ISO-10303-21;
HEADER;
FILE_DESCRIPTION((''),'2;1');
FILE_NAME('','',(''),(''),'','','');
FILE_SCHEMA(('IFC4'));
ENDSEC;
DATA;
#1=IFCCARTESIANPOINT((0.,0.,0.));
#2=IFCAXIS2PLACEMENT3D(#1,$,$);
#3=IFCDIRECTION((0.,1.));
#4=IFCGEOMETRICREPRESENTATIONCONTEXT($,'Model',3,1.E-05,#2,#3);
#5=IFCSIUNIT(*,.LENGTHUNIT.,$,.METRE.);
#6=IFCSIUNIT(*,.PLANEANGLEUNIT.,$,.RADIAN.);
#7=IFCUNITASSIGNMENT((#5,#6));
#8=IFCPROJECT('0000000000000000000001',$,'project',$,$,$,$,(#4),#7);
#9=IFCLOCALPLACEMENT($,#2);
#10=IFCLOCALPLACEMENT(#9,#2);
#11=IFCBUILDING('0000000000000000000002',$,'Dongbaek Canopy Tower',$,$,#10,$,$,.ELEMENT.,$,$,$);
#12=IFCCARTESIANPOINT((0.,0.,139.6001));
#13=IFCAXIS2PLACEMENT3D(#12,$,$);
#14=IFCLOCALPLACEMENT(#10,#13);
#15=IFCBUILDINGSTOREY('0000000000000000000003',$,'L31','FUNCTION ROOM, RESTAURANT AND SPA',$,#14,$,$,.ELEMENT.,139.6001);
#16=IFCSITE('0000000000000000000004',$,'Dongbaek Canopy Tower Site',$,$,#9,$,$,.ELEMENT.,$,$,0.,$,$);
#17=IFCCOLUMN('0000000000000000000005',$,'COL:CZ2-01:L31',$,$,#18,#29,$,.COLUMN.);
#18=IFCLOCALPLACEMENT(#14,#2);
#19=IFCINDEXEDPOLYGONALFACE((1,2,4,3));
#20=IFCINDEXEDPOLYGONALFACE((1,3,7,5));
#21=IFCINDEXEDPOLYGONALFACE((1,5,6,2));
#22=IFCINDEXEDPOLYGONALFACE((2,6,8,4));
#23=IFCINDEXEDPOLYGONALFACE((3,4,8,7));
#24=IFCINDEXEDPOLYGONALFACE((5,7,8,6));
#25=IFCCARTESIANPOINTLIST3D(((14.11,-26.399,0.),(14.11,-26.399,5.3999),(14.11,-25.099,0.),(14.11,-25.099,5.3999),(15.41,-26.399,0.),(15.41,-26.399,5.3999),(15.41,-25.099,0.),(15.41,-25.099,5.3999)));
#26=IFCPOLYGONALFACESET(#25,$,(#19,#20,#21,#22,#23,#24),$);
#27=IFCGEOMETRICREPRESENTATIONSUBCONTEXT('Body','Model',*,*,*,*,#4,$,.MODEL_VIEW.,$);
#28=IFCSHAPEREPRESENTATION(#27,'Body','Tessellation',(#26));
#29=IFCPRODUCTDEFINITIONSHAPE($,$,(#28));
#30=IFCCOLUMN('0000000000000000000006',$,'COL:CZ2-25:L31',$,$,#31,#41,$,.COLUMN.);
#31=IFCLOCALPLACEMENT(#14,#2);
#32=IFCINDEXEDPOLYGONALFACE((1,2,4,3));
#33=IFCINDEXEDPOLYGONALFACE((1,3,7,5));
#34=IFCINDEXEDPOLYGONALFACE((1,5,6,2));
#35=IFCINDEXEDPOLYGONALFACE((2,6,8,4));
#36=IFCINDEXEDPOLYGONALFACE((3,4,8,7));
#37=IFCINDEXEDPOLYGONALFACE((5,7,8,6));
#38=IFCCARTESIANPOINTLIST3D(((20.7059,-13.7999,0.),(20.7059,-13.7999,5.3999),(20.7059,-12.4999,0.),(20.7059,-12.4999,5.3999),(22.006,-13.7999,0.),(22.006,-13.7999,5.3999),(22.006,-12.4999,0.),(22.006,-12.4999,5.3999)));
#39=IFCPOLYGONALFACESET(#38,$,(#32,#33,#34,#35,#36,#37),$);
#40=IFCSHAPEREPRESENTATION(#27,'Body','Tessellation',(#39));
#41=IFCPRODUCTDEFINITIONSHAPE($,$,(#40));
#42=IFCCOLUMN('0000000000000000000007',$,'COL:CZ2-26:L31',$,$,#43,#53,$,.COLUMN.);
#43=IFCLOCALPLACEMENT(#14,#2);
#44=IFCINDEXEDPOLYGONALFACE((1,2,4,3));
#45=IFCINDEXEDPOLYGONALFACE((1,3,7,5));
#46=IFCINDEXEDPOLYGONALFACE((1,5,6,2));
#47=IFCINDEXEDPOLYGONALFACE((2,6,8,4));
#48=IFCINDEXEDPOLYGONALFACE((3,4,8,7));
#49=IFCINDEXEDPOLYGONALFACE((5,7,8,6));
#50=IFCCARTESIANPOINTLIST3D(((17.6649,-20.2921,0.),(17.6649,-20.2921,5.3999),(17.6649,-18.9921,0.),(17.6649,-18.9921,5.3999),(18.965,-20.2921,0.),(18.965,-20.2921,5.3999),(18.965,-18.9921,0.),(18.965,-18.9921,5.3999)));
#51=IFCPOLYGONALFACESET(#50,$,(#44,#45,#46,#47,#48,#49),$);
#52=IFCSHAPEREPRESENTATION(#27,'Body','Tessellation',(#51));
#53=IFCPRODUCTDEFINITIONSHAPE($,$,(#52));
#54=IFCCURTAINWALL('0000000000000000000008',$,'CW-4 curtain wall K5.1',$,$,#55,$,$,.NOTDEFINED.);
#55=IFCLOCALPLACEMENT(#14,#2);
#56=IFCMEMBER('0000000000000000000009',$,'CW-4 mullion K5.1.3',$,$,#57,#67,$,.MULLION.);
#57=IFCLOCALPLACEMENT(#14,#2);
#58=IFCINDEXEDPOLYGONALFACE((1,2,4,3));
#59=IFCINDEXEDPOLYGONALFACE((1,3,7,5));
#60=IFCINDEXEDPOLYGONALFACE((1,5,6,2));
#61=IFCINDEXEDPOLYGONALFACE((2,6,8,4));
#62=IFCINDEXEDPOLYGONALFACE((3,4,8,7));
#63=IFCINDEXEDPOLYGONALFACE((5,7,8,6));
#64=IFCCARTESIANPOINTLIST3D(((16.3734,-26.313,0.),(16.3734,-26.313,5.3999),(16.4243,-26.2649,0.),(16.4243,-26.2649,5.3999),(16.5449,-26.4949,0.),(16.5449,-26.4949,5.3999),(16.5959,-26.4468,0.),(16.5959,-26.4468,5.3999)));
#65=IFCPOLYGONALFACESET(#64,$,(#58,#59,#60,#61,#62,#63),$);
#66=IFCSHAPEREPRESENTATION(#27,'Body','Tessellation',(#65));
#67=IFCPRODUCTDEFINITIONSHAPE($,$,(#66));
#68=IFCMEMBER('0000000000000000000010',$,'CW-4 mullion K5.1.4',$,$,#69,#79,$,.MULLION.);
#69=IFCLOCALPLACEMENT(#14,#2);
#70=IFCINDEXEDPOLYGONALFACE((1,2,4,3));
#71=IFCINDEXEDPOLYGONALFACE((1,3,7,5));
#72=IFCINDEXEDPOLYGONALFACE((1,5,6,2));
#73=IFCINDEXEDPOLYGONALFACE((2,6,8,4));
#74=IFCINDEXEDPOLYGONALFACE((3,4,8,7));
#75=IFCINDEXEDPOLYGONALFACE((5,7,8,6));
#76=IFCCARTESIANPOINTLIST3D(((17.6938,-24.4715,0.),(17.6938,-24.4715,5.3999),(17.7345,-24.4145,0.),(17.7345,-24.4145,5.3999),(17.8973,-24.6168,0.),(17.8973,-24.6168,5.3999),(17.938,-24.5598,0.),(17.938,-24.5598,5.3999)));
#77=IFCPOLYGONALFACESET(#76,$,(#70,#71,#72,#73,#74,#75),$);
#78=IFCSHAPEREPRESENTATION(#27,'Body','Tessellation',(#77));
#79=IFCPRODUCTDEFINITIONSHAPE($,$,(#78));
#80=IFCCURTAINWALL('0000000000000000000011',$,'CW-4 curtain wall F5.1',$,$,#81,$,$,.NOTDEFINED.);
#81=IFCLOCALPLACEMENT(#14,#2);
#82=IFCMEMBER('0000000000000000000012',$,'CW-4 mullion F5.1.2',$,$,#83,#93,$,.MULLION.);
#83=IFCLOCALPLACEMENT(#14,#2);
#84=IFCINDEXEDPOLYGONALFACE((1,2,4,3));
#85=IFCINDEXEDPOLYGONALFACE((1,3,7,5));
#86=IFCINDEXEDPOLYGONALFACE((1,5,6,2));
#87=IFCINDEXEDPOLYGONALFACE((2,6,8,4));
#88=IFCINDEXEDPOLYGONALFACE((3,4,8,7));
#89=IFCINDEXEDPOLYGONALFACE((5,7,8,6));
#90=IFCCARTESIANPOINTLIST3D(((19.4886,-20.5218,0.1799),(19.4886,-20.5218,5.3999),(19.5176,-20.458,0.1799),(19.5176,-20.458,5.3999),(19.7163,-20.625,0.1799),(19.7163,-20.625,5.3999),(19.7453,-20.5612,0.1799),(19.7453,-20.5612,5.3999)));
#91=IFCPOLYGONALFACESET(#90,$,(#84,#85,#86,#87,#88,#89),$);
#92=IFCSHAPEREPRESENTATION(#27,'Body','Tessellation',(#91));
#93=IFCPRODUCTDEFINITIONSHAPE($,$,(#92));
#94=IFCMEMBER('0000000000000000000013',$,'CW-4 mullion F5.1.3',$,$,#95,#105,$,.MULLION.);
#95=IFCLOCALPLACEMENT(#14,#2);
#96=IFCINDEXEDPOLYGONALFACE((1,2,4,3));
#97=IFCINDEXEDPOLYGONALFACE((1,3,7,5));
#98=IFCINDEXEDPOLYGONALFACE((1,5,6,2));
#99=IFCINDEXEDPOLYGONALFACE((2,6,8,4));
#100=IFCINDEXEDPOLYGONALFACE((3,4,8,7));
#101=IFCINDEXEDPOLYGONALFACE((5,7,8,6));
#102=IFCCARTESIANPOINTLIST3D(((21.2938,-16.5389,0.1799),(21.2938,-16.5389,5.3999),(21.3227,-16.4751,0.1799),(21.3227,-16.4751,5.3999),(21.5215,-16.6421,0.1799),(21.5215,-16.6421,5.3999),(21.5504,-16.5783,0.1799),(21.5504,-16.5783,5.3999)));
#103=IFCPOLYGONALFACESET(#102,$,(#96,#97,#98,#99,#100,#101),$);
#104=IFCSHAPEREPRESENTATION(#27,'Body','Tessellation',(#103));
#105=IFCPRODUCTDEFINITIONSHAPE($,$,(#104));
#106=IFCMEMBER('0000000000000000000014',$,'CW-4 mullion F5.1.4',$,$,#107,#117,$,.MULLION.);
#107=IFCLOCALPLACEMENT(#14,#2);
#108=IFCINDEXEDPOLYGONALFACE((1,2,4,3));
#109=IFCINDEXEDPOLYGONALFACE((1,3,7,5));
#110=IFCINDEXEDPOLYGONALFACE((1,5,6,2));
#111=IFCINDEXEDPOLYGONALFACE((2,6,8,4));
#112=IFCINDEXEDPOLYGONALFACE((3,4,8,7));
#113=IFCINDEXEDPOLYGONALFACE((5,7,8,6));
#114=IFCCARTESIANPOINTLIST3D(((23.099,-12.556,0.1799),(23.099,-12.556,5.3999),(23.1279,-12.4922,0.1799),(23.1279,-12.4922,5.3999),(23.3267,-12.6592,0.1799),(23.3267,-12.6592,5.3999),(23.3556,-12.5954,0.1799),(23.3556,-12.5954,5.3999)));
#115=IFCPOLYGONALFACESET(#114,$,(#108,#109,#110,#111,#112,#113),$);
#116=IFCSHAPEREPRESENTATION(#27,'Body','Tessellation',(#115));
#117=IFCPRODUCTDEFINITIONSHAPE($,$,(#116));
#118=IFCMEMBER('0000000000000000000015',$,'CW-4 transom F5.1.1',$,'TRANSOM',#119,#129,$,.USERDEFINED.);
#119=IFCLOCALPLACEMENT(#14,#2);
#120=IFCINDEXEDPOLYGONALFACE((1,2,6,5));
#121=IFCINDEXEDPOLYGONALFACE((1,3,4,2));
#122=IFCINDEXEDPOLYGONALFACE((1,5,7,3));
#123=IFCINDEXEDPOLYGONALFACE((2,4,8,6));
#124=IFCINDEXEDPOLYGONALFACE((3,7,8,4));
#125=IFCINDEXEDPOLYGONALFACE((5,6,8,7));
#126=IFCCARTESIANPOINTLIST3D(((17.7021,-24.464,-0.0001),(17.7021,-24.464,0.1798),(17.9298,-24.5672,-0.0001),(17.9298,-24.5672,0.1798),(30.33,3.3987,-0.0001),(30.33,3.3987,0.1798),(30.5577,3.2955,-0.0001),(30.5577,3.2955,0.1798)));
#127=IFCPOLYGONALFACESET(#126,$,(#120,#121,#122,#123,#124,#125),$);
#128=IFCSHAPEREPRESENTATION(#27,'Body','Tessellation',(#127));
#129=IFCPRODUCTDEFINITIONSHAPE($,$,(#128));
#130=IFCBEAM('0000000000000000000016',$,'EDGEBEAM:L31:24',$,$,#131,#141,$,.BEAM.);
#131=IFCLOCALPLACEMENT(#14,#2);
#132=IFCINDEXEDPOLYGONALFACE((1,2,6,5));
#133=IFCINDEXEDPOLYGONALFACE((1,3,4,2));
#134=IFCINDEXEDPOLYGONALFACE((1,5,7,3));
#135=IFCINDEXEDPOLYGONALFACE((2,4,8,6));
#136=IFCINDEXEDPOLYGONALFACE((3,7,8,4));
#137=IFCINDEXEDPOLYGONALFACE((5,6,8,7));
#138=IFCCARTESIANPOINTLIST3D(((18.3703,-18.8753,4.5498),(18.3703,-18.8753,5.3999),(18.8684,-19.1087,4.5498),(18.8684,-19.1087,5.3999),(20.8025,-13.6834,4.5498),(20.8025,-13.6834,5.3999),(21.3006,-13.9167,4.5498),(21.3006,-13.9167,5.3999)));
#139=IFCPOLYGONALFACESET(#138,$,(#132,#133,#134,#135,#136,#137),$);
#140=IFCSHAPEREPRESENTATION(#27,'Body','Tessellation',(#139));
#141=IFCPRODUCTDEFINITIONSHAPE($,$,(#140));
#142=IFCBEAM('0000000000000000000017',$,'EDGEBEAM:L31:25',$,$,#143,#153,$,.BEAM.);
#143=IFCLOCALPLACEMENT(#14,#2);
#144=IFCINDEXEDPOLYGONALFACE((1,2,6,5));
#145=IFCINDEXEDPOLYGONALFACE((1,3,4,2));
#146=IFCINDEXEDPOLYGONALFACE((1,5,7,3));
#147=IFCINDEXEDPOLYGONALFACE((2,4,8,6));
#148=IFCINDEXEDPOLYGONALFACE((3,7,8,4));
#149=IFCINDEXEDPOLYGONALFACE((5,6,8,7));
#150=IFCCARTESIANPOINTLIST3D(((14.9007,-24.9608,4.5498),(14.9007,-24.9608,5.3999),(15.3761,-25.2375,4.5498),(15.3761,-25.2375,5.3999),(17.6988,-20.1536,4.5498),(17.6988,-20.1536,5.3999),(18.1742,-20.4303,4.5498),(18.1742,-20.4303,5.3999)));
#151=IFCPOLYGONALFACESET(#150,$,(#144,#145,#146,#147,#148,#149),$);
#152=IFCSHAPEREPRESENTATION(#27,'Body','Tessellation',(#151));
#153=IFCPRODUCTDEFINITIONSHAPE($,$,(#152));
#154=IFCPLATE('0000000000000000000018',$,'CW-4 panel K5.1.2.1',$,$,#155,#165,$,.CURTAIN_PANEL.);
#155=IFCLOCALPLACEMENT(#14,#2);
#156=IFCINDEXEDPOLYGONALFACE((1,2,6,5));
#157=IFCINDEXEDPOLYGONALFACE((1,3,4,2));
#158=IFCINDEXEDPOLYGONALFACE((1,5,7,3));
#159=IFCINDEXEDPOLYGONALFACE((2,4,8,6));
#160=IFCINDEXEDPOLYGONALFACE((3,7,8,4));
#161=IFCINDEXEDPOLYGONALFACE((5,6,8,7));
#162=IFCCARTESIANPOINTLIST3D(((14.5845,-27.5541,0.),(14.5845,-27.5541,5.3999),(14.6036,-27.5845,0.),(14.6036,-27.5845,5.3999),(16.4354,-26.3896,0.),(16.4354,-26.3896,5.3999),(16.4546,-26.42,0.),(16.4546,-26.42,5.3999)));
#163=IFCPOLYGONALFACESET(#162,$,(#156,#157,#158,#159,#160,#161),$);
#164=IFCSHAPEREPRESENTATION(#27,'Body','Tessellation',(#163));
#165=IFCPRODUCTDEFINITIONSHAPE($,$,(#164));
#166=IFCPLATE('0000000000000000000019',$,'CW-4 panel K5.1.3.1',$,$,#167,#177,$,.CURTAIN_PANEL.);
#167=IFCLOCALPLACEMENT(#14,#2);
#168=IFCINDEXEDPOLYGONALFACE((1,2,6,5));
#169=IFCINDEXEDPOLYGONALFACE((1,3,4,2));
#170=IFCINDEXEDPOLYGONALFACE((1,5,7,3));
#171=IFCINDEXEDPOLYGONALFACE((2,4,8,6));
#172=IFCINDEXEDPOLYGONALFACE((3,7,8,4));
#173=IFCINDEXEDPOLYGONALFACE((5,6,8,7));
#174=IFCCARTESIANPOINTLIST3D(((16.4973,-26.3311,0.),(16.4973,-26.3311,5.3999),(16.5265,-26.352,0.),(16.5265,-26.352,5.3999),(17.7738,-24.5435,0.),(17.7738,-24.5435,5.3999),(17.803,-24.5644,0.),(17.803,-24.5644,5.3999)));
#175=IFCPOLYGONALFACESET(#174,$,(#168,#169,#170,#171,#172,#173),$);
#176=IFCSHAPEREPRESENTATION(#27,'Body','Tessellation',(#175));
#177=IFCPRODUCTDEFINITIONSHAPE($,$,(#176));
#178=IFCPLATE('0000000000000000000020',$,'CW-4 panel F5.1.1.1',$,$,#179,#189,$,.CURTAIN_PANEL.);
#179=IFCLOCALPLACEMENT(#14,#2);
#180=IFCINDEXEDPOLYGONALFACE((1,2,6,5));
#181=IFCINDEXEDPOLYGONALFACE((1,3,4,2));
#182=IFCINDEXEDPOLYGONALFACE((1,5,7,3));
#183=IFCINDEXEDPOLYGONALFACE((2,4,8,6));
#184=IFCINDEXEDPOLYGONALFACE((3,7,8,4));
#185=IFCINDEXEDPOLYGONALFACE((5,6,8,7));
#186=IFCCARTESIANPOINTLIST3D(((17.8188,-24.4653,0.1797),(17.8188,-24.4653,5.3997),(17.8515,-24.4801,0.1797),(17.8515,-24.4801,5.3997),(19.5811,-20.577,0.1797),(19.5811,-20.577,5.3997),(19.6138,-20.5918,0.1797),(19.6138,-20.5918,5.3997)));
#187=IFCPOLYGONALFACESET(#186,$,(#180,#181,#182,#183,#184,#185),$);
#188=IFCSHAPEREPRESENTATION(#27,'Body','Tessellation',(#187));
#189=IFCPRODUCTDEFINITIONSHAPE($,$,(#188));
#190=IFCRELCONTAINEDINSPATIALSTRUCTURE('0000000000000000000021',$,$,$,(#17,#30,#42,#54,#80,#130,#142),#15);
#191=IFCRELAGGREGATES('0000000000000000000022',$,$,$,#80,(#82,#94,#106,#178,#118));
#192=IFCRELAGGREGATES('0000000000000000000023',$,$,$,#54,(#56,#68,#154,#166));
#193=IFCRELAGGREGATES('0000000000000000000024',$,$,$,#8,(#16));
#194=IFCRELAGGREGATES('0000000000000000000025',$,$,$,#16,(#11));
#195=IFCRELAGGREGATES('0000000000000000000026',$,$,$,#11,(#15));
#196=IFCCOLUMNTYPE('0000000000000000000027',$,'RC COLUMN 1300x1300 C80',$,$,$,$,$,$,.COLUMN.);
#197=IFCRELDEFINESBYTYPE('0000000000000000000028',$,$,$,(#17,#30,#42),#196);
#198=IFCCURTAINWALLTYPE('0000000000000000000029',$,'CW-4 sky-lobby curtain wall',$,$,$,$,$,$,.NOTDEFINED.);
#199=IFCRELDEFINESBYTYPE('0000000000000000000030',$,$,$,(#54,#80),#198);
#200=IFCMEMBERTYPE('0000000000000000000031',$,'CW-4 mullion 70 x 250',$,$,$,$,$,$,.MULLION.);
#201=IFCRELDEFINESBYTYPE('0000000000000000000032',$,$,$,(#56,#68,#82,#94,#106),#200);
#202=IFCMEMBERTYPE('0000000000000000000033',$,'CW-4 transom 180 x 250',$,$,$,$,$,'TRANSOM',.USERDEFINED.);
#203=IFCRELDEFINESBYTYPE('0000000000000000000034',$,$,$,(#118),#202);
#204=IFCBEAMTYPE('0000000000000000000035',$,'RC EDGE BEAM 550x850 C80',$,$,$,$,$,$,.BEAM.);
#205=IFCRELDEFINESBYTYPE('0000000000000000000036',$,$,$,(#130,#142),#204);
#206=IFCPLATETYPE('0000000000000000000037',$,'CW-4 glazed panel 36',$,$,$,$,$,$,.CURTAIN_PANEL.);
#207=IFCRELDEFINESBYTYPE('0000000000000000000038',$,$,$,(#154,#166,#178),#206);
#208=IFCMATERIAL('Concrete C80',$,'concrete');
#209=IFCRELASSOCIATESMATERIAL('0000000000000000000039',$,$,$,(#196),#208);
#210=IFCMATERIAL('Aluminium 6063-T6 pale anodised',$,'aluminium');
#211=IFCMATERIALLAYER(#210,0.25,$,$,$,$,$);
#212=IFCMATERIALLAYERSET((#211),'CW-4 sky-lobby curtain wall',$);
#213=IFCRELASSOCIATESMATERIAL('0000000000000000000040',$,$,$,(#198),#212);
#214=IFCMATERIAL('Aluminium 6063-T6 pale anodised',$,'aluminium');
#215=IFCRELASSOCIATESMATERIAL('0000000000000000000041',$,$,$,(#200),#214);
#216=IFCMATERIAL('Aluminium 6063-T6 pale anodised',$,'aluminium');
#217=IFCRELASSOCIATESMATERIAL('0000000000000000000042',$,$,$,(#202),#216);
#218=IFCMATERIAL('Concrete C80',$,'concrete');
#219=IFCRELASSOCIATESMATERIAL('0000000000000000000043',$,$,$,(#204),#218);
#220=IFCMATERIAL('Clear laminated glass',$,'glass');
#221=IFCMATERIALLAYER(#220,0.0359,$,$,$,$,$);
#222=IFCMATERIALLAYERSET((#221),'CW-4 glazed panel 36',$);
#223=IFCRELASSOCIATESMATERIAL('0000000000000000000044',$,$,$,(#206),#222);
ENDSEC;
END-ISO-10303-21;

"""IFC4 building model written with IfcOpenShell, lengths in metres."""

from ifc_helpers import new_model, si_unit, direction, frame, origin, origin_2d, place, context, subcontext, project, spatial, rectangle, extrude, material, layer, layer_set, material_profile, profile_set, type_object, element, aggregate, save


model = new_model("IFC4")

# Units and contexts
model_context = context("Model", 3, precision=1e-05, world=origin(), true_north=direction((0.0, 1.0)))
body_context = subcontext(model_context, "Body", "Model", "MODEL_VIEW")
ifc_project = project(units=[si_unit("LENGTHUNIT", "METRE"), si_unit("PLANEANGLEUNIT", "RADIAN")], contexts=[model_context])

# Site, building, storey
site_placement = place(None, origin())
site = spatial("IfcSite", under=ifc_project, at=site_placement, Name="Dongbaek Canopy Tower Site", CompositionType="ELEMENT", RefElevation=0.0)
building_placement = place(site_placement, origin())
building = spatial("IfcBuilding", under=site, at=building_placement, Name="Dongbaek Canopy Tower", CompositionType="ELEMENT")
storey_placement = place(building_placement, frame((0.0, 0.0, 139.6001)))
storey = spatial("IfcBuildingStorey", under=building, at=storey_placement, Name="L31", Description="FUNCTION ROOM, RESTAURANT AND SPA", CompositionType="ELEMENT", Elevation=139.6001)

# Columns
ifc_material_1 = material(Name="Concrete C80", Category="concrete")
ifc_material_profile_1 = material_profile(ifc_material_1, rectangle(XDim=1.3, YDim=1.3, at=origin_2d()), Name="RC COLUMN 1300x1300 C80")
ifc_profile_set_1 = profile_set([ifc_material_profile_1], Name="Concrete C80")
column_type = type_object("IfcColumnType", Name="RC COLUMN 1300x1300 C80", PredefinedType="COLUMN", material=ifc_profile_set_1)
for number, where, z_axis, x_axis, name in (
    (1, (14.76, -25.749, 0.0), (0.0, 0.0, 1.0), (1.0, 0.0, 0.0), "COL:CZ2-01:L31"),
    (2, (21.356, -13.1499, 0.0), (0.0, 0.0, 1.0), (1.0, 0.0, 0.0), "COL:CZ2-25:L31"),
    (3, (18.3149, -19.6421, 0.0), (0.0, 0.0, 1.0), (1.0, 0.0, 0.0), "COL:CZ2-26:L31"),
):
    element("IfcColumn", number, at=place(storey_placement, frame(where, z_axis=z_axis, x_axis=x_axis)), inside=storey, type_object=column_type, Name=name, PredefinedType="COLUMN", context=body_context, shape_type="SweptSolid", body=[
        extrude(rectangle(XDim=1.3, YDim=1.3, at=origin_2d()), origin(), (0.0, 0.0, 1.0), 5.3999),
    ])

# Curtain walls, members
ifc_material_2 = material(Name="Aluminium 6063-T6 pale anodised", Category="aluminium")
ifc_layer_1 = layer(ifc_material_2, 0.25)
ifc_layer_set_1 = layer_set([ifc_layer_1], Name="CW-4 sky-lobby curtain wall")
curtain_wall_type = type_object("IfcCurtainWallType", Name="CW-4 sky-lobby curtain wall", PredefinedType="NOTDEFINED", material=ifc_layer_set_1)
curtain_wall_1_placement = place(storey_placement, origin())
curtain_wall_1 = element("IfcCurtainWall", 4, at=curtain_wall_1_placement, inside=storey, type_object=curtain_wall_type, Name="CW-4 curtain wall K5.1", PredefinedType="NOTDEFINED")
ifc_material_3 = material(Name="Aluminium 6063-T6 pale anodised", Category="aluminium")
ifc_material_profile_2 = material_profile(ifc_material_3, rectangle(XDim=0.25, YDim=0.0701, at=origin_2d()), Name="CW-4 mullion 70 x 250")
ifc_profile_set_2 = profile_set([ifc_material_profile_2], Name="Aluminium 6063-T6 pale anodised")
member_type_1 = type_object("IfcMemberType", Name="CW-4 mullion 70 x 250", PredefinedType="MULLION", material=ifc_profile_set_2)
member_1_placement = place(storey_placement, frame((16.4846, -26.3799, 0.0), z_axis=(0.0, 0.0, 1.0), x_axis=(0.68611, -0.727497, 0.0)))
member_1 = element("IfcMember", 5, at=member_1_placement, type_object=member_type_1, Name="CW-4 mullion K5.1.3", PredefinedType="MULLION", context=body_context, shape_type="SweptSolid", body=[
    extrude(rectangle(XDim=0.25, YDim=0.0701, at=origin_2d()), origin(), (0.0, 0.0, 1.0), 5.3999),
])
member_2_placement = place(storey_placement, frame((17.8159, -24.5156, 0.0), z_axis=(0.0, 0.0, 1.0), x_axis=(0.813821, -0.581116, 0.0)))
member_2 = element("IfcMember", 6, at=member_2_placement, type_object=member_type_1, Name="CW-4 mullion K5.1.4", PredefinedType="MULLION", context=body_context, shape_type="SweptSolid", body=[
    extrude(rectangle(XDim=0.25, YDim=0.0701, at=origin_2d()), origin(), (0.0, 0.0, 1.0), 5.3999),
])
curtain_wall_2_placement = place(storey_placement, origin())
curtain_wall_2 = element("IfcCurtainWall", 7, at=curtain_wall_2_placement, inside=storey, type_object=curtain_wall_type, Name="CW-4 curtain wall F5.1", PredefinedType="NOTDEFINED")
member_3_placement = place(storey_placement, frame((19.6169, -20.5415, 0.1799), z_axis=(0.0, 0.0, 1.0), x_axis=(0.91082, -0.412804, 0.0)))
member_3 = element("IfcMember", 8, at=member_3_placement, type_object=member_type_1, Name="CW-4 mullion F5.1.2", PredefinedType="MULLION", context=body_context, shape_type="SweptSolid", body=[
    extrude(rectangle(XDim=0.25, YDim=0.0701, at=origin_2d()), origin(), (0.0, 0.0, 1.0), 5.22),
])
member_4_placement = place(storey_placement, frame((21.4221, -16.5586, 0.1799), z_axis=(0.0, 0.0, 1.0), x_axis=(0.91082, -0.412804, 0.0)))
member_4 = element("IfcMember", 9, at=member_4_placement, type_object=member_type_1, Name="CW-4 mullion F5.1.3", PredefinedType="MULLION", context=body_context, shape_type="SweptSolid", body=[
    extrude(rectangle(XDim=0.25, YDim=0.0701, at=origin_2d()), origin(), (0.0, 0.0, 1.0), 5.22),
])
member_5_placement = place(storey_placement, frame((23.2273, -12.5757, 0.1799), z_axis=(0.0, 0.0, 1.0), x_axis=(0.91082, -0.412804, 0.0)))
member_5 = element("IfcMember", 10, at=member_5_placement, type_object=member_type_1, Name="CW-4 mullion F5.1.4", PredefinedType="MULLION", context=body_context, shape_type="SweptSolid", body=[
    extrude(rectangle(XDim=0.25, YDim=0.0701, at=origin_2d()), origin(), (0.0, 0.0, 1.0), 5.22),
])
ifc_material_4 = material(Name="Aluminium 6063-T6 pale anodised", Category="aluminium")
ifc_material_profile_3 = material_profile(ifc_material_4, rectangle(XDim=0.25, YDim=0.1799, at=origin_2d()), Name="CW-4 transom 180 x 250")
ifc_profile_set_3 = profile_set([ifc_material_profile_3], Name="Aluminium 6063-T6 pale anodised")
member_type_2 = type_object("IfcMemberType", Name="CW-4 transom 180 x 250", ElementType="TRANSOM", PredefinedType="USERDEFINED", material=ifc_profile_set_3)
member_6_placement = place(storey_placement, frame((17.8159, -24.5156, 0.0898), z_axis=(0.412801, 0.910821, 0.0), x_axis=(-0.910821, 0.412801, 0.0)))
member_6 = element("IfcMember", 11, at=member_6_placement, type_object=member_type_2, Name="CW-4 transom F5.1.1", ObjectType="TRANSOM", PredefinedType="USERDEFINED", context=body_context, shape_type="SweptSolid", body=[
    extrude(rectangle(XDim=0.25, YDim=0.1799, at=origin_2d()), origin(), (0.0, 0.0, 1.0), 30.5908),
])

# Beams
ifc_material_5 = material(Name="Concrete C80", Category="concrete")
ifc_material_profile_4 = material_profile(ifc_material_5, rectangle(XDim=0.55, YDim=0.8501, at=origin_2d()), Name="RC EDGE BEAM 550x850 C80")
ifc_profile_set_4 = profile_set([ifc_material_profile_4], Name="Concrete C80")
beam_type = type_object("IfcBeamType", Name="RC EDGE BEAM 550x850 C80", PredefinedType="BEAM", material=ifc_profile_set_4)
beam_1_placement = place(storey_placement, frame((21.0515, -13.8, 4.9749), z_axis=(-0.424209, -0.905564, 0.0), x_axis=(0.905564, -0.424209, 0.0)))
element("IfcBeam", 12, at=beam_1_placement, inside=storey, type_object=beam_type, Name="EDGEBEAM:L31:24", PredefinedType="BEAM", context=body_context, shape_type="SweptSolid", body=[
    extrude(rectangle(XDim=0.55, YDim=0.8501, at=origin_2d()), origin(), (0.0, 0.0, 1.0), 5.7334),
])
beam_2_placement = place(storey_placement, frame((17.9365, -20.292, 4.9749), z_axis=(-0.503058, -0.864253, 0.0), x_axis=(0.864253, -0.503058, 0.0)))
element("IfcBeam", 13, at=beam_2_placement, inside=storey, type_object=beam_type, Name="EDGEBEAM:L31:25", PredefinedType="BEAM", context=body_context, shape_type="SweptSolid", body=[
    extrude(rectangle(XDim=0.55, YDim=0.8501, at=origin_2d()), origin(), (0.0, 0.0, 1.0), 5.5623),
])

# Plates
ifc_material_6 = material(Name="Clear laminated glass", Category="glass")
ifc_layer_2 = layer(ifc_material_6, 0.0359)
ifc_layer_set_2 = layer_set([ifc_layer_2], Name="CW-4 glazed panel 36")
plate_type = type_object("IfcPlateType", Name="CW-4 glazed panel 36", PredefinedType="CURTAIN_PANEL", material=ifc_layer_set_2)
plate_1_placement = place(storey_placement, frame((15.5195, -26.9871, 0.0), z_axis=(0.0, 0.0, 1.0), x_axis=(0.846425, 0.532508, 0.0)))
plate_1 = element("IfcPlate", 14, at=plate_1_placement, type_object=plate_type, Name="CW-4 panel K5.1.2.1", PredefinedType="CURTAIN_PANEL", context=body_context, shape_type="SweptSolid", body=[
    extrude(rectangle(XDim=2.1868, YDim=0.0359, at=origin_2d()), origin(), (0.0, 0.0, 1.0), 5.3999),
])
plate_2_placement = place(storey_placement, frame((17.1501, -25.4478, 0.0), z_axis=(0.0, 0.0, 1.0), x_axis=(0.581116, 0.813821, 0.0)))
plate_2 = element("IfcPlate", 15, at=plate_2_placement, type_object=plate_type, Name="CW-4 panel K5.1.3.1", PredefinedType="CURTAIN_PANEL", context=body_context, shape_type="SweptSolid", body=[
    extrude(rectangle(XDim=2.1965, YDim=0.0359, at=origin_2d()), origin(), (0.0, 0.0, 1.0), 5.3999),
])
plate_3_placement = place(storey_placement, frame((18.7163, -22.5286, 0.1797), z_axis=(0.0, 0.0, 1.0), x_axis=(0.412804, 0.91082, 0.0)))
plate_3 = element("IfcPlate", 16, at=plate_3_placement, type_object=plate_type, Name="CW-4 panel F5.1.1.1", PredefinedType="CURTAIN_PANEL", context=body_context, shape_type="SweptSolid", body=[
    extrude(rectangle(XDim=4.269, YDim=0.0359, at=origin_2d()), origin(), (0.0, 0.0, 1.0), 5.22),
])
aggregate(curtain_wall_2, [member_3, member_4, member_5, plate_3, member_6])

aggregate(curtain_wall_1, [member_1, member_2, plate_1, plate_2])

save(model, "model.ifc")
